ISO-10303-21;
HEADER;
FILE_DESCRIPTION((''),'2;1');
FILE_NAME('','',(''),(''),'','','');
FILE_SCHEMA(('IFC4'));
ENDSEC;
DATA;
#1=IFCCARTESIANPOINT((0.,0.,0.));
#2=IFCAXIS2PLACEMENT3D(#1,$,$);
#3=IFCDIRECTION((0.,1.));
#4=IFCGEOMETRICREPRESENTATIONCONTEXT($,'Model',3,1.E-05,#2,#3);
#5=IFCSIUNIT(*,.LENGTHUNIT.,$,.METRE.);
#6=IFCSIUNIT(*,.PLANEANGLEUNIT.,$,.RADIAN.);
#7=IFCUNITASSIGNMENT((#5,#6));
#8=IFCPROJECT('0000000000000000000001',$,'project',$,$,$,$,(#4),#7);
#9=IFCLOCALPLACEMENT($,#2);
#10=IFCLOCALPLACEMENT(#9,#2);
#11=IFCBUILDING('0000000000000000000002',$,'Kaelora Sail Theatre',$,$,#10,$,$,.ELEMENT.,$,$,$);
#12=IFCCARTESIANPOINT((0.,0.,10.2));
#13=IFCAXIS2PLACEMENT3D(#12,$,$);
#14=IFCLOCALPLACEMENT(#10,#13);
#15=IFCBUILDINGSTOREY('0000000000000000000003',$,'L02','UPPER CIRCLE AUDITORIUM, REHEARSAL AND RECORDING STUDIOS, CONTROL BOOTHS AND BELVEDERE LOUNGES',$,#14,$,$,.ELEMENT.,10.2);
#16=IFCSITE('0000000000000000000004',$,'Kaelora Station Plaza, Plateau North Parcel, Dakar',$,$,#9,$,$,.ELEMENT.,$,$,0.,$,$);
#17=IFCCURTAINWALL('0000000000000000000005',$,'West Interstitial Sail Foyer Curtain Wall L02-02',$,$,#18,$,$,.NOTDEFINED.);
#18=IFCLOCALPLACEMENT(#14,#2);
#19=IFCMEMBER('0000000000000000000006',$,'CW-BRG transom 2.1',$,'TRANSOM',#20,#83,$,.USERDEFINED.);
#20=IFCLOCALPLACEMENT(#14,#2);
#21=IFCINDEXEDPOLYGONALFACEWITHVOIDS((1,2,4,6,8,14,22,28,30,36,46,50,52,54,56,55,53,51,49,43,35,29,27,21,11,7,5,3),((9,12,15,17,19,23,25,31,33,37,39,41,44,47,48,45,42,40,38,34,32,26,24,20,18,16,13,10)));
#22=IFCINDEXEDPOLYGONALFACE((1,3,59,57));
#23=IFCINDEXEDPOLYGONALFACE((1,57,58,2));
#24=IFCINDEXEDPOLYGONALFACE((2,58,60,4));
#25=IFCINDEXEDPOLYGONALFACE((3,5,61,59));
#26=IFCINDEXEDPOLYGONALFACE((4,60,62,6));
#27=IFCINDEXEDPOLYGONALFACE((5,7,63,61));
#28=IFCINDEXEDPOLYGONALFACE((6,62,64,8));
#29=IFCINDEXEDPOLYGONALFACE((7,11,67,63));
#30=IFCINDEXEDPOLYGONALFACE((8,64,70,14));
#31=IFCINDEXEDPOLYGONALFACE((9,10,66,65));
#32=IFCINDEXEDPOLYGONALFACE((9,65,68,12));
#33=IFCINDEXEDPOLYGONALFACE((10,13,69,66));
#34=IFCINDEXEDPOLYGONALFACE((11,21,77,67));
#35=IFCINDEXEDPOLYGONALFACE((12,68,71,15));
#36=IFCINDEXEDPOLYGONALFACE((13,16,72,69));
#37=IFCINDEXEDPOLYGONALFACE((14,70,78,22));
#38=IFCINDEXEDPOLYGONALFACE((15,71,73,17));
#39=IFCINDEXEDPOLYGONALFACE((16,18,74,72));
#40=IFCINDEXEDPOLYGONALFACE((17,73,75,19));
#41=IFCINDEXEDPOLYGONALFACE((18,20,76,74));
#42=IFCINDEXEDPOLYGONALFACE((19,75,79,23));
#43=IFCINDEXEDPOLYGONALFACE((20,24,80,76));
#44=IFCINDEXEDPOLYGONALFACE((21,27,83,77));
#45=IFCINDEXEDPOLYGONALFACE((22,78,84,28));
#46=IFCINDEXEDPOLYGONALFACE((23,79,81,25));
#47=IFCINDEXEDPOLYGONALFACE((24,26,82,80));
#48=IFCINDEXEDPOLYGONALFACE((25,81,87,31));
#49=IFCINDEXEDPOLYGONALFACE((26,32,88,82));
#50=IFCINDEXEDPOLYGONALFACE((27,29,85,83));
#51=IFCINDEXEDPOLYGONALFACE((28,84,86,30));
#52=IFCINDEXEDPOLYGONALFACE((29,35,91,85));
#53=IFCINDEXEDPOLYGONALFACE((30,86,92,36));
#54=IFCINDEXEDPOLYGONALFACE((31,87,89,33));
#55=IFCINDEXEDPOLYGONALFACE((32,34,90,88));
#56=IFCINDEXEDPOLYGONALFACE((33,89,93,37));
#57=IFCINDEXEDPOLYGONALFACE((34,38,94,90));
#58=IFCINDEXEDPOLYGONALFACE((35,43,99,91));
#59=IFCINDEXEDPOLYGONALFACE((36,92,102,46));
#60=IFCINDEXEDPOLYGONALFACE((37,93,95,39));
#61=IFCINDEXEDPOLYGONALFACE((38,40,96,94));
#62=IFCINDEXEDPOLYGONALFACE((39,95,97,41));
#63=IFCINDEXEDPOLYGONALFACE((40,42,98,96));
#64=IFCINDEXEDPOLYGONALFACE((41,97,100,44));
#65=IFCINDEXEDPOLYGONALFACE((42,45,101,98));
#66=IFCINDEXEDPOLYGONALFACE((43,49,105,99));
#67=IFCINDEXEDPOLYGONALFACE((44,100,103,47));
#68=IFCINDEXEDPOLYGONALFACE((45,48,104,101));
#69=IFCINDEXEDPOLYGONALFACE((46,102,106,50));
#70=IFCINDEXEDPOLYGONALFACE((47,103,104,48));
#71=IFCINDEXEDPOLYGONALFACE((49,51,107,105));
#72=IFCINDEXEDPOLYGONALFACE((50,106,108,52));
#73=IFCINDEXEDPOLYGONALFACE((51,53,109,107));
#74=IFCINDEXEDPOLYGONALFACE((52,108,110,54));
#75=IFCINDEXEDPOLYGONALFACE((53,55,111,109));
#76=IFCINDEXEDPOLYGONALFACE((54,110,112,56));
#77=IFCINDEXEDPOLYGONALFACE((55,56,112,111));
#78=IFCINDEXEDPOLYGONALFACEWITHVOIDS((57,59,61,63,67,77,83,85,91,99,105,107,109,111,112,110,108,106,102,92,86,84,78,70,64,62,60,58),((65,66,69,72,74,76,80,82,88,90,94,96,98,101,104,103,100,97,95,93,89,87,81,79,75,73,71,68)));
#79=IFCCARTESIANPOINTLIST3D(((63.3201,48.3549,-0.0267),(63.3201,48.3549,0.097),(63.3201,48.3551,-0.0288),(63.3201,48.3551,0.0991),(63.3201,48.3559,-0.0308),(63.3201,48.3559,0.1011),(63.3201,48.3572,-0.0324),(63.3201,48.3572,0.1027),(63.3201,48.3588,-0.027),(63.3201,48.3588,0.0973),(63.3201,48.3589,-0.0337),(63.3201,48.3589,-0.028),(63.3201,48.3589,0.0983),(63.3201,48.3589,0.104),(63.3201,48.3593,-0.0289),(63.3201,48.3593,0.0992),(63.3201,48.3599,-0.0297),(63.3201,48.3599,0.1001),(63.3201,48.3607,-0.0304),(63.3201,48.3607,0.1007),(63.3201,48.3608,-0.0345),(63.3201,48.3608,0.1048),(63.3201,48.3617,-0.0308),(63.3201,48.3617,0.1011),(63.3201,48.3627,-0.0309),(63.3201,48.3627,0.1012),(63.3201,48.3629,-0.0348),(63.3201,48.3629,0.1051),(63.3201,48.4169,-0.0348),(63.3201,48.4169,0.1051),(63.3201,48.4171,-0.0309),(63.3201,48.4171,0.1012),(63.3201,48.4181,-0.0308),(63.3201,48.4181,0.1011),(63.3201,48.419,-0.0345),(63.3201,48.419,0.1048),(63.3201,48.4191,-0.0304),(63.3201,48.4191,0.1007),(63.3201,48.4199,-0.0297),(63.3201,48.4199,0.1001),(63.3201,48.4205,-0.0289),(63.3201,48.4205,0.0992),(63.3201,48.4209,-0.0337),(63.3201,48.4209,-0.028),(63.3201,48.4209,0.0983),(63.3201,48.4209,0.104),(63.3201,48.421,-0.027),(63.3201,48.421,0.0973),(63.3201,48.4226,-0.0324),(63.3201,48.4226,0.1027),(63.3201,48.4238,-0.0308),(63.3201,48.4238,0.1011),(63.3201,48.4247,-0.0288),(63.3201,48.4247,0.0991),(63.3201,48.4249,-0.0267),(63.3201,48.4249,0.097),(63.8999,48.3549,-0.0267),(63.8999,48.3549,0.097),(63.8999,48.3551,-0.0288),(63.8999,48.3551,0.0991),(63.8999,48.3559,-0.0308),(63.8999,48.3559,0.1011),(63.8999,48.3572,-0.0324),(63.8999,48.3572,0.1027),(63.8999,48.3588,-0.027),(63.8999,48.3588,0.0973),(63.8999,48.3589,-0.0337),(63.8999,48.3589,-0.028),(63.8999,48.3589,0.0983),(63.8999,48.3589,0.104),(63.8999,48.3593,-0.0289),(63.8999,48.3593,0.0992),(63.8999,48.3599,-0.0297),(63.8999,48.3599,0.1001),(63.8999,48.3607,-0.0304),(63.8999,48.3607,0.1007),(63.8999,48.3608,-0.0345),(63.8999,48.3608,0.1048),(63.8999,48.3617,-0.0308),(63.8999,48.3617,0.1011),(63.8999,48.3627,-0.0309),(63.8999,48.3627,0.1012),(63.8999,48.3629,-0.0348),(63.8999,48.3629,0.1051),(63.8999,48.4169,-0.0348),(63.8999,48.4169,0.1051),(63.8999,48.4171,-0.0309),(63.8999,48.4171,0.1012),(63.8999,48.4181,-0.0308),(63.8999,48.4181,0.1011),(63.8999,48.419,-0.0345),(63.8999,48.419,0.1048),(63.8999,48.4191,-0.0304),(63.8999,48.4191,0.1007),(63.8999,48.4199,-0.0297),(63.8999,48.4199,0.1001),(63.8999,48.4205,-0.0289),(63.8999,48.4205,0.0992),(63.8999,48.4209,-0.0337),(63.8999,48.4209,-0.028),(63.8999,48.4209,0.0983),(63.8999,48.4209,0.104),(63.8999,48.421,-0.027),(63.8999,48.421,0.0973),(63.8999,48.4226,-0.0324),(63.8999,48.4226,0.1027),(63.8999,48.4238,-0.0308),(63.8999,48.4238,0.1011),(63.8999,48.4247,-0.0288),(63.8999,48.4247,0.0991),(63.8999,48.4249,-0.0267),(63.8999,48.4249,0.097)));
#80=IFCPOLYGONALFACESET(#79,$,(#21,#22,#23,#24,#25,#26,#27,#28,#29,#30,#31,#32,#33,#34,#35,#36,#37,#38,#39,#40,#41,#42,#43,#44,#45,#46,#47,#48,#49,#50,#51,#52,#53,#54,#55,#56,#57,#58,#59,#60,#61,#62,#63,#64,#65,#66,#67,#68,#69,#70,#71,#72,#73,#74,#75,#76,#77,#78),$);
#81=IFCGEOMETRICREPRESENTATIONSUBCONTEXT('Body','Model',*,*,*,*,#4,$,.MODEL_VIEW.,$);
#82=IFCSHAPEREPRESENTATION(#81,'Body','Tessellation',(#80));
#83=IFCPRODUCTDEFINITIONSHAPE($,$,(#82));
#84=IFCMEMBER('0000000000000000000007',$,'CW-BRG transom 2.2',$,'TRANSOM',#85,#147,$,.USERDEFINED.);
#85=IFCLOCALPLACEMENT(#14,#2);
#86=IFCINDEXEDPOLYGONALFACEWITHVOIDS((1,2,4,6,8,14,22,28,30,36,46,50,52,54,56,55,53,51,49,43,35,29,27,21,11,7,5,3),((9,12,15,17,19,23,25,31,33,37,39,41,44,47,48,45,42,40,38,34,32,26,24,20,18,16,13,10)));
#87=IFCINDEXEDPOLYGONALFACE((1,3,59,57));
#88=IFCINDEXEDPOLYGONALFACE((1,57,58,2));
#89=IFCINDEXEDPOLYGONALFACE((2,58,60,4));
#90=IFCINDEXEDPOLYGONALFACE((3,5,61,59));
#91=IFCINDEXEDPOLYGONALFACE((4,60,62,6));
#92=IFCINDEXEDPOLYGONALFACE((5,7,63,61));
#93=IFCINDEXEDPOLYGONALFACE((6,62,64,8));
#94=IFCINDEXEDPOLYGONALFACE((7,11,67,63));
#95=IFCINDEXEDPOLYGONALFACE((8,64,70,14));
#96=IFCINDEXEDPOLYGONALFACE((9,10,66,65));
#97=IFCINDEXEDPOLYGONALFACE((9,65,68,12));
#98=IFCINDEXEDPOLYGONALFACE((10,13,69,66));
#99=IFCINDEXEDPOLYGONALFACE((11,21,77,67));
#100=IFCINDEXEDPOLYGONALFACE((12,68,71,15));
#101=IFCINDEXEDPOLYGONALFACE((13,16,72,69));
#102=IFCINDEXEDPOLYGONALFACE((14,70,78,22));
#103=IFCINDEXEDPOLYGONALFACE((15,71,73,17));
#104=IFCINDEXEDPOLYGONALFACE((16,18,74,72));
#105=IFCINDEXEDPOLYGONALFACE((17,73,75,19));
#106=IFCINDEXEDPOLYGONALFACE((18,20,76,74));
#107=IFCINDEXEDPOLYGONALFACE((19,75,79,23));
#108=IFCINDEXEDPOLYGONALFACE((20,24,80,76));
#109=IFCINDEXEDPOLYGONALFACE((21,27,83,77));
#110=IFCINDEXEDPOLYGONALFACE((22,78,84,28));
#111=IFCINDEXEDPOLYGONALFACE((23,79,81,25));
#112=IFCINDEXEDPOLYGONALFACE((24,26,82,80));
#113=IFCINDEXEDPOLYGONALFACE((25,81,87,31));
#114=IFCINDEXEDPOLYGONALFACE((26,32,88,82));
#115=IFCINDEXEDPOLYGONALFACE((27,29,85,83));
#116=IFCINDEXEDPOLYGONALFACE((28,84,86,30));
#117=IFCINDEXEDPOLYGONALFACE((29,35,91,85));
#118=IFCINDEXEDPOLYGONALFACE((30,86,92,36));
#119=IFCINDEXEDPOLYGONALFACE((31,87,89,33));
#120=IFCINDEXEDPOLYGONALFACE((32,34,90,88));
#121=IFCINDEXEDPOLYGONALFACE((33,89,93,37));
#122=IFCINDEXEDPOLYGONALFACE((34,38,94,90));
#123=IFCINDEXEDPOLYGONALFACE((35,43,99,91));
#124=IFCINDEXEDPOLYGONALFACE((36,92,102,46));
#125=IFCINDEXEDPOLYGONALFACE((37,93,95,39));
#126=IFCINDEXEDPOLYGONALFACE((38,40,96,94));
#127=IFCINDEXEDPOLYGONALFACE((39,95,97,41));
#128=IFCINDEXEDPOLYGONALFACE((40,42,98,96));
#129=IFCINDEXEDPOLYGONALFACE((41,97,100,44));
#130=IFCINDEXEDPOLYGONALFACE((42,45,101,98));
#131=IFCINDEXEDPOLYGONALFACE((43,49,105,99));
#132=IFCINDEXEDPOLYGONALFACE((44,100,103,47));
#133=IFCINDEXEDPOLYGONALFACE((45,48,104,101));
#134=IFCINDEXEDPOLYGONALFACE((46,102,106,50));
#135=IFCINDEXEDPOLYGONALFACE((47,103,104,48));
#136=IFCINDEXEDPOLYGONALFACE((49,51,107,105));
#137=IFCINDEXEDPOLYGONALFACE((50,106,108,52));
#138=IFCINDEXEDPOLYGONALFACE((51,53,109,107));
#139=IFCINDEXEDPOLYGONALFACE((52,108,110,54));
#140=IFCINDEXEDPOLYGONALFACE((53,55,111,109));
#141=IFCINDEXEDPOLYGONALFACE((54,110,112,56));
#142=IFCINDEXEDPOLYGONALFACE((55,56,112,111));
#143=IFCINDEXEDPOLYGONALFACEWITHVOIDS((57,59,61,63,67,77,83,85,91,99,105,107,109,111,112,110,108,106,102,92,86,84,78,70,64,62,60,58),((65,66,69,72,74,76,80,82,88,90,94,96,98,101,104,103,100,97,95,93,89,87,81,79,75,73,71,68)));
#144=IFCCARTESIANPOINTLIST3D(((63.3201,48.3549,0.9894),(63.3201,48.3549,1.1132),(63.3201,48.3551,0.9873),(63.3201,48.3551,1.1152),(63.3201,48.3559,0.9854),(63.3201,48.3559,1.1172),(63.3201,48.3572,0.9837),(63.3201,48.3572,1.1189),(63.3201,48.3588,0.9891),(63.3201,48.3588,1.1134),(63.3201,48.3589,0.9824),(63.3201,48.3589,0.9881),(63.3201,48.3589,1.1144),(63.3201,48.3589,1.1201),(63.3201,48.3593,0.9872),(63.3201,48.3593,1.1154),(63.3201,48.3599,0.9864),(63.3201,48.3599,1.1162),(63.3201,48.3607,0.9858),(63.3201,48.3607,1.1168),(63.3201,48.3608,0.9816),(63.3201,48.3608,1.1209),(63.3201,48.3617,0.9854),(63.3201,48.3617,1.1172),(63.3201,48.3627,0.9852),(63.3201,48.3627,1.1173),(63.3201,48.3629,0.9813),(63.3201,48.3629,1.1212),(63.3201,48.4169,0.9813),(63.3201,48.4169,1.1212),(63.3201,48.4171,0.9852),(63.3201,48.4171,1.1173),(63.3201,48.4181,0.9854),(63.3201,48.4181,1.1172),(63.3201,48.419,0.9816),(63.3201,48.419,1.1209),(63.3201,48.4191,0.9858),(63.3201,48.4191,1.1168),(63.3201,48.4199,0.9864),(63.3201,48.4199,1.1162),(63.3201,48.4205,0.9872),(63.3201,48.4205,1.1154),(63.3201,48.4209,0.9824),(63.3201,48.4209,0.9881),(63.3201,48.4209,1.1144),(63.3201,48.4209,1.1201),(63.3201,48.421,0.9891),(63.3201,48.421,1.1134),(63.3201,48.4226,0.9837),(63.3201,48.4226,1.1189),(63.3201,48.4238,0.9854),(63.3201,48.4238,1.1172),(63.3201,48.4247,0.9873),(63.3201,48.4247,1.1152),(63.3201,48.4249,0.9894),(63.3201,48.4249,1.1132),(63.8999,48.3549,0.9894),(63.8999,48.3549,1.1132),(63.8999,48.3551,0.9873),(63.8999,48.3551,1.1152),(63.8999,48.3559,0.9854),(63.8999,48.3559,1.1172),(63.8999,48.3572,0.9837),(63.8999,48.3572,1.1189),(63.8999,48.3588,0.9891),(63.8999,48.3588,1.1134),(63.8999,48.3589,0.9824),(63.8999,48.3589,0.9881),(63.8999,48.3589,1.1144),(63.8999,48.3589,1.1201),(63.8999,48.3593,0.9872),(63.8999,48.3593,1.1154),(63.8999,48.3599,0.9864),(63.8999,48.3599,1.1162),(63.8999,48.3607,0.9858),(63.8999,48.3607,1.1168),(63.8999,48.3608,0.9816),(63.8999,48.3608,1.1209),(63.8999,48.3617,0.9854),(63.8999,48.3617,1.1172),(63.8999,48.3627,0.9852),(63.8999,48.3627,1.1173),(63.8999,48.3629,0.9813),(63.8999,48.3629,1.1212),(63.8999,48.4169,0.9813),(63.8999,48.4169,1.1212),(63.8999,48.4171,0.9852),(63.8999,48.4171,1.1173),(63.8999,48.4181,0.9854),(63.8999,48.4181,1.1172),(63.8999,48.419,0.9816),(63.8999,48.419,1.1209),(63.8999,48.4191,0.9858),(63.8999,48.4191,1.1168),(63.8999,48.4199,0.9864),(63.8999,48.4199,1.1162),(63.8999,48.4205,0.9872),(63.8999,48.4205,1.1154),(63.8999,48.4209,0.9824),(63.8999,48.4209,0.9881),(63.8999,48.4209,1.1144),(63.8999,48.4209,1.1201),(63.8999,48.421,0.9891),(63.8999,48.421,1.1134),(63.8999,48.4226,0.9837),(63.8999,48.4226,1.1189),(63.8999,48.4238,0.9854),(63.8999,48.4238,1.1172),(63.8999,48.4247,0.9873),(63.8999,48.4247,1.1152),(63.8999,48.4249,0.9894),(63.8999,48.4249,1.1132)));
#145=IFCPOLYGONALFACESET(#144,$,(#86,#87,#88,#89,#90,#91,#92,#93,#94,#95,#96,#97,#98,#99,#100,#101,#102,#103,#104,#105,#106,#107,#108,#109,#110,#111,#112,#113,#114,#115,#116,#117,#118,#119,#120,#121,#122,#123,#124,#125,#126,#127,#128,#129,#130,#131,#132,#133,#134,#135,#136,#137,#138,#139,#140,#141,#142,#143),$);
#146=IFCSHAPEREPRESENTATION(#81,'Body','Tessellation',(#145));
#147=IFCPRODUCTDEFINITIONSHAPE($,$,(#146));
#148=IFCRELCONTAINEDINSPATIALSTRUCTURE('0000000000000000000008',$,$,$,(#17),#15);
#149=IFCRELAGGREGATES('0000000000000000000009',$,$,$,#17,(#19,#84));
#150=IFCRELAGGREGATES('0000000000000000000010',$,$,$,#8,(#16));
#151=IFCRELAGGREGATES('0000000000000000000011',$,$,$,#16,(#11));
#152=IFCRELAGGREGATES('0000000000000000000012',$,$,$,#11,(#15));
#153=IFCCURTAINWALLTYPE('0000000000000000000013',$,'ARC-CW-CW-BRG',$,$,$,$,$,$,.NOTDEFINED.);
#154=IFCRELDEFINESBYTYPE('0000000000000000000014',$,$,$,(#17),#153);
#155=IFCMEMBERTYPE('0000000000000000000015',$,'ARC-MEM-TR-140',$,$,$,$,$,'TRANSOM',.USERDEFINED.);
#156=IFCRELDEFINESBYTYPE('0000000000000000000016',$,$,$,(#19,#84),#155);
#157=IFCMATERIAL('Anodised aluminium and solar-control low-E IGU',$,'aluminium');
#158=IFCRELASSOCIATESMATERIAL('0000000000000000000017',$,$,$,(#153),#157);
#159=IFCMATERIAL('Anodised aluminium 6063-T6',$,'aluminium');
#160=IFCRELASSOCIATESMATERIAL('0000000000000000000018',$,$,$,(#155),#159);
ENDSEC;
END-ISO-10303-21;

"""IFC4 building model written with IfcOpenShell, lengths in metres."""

from ifc_helpers import new_model, si_unit, direction, frame, origin, origin_2d, place, context, subcontext, project, spatial, hollow_rectangle, extrude, material, material_profile, profile_set, type_object, element, aggregate, save


model = new_model("IFC4")

# Units and contexts
model_context = context("Model", 3, precision=1e-05, world=origin(), true_north=direction((0.0, 1.0)))
body_context = subcontext(model_context, "Body", "Model", "MODEL_VIEW")
ifc_project = project(units=[si_unit("LENGTHUNIT", "METRE"), si_unit("PLANEANGLEUNIT", "RADIAN")], contexts=[model_context])

# Site, building, storey
site_placement = place(None, origin())
site = spatial("IfcSite", under=ifc_project, at=site_placement, Name="Kaelora Station Plaza, Plateau North Parcel, Dakar", CompositionType="ELEMENT", RefElevation=0.0)
building_placement = place(site_placement, origin())
building = spatial("IfcBuilding", under=site, at=building_placement, Name="Kaelora Sail Theatre", CompositionType="ELEMENT")
storey_placement = place(building_placement, frame((0.0, 0.0, 10.2)))
storey = spatial("IfcBuildingStorey", under=building, at=storey_placement, Name="L02", Description="UPPER CIRCLE AUDITORIUM, REHEARSAL AND RECORDING STUDIOS, CONTROL BOOTHS AND BELVEDERE LOUNGES", CompositionType="ELEMENT", Elevation=10.2)

# Shared definitions
ifc_material_1 = material(Name="Anodised aluminium and solar-control low-E IGU", Category="aluminium")
curtain_wall_type = type_object("IfcCurtainWallType", Name="ARC-CW-CW-BRG", PredefinedType="NOTDEFINED", material=ifc_material_1)

# Curtain wall, members
curtain_wall_1_placement = place(storey_placement, origin())
curtain_wall_1 = element("IfcCurtainWall", 1, at=curtain_wall_1_placement, inside=storey, type_object=curtain_wall_type, Name="West Interstitial Sail Foyer Curtain Wall L02-02", PredefinedType="NOTDEFINED")
ifc_material_2 = material(Name="Anodised aluminium 6063-T6", Category="aluminium")
ifc_material_profile_1 = material_profile(ifc_material_2, hollow_rectangle(XDim=0.0701, YDim=0.1399, WallThickness=0.0039, InnerFilletRadius=0.0039, OuterFilletRadius=0.0081, at=origin_2d()), Name="ALU-TRAN 70x140x4")
ifc_profile_set_1 = profile_set([ifc_material_profile_1], Name="Anodised aluminium 6063-T6")
member_type_1 = type_object("IfcMemberType", Name="ARC-MEM-TR-140", ElementType="TRANSOM", PredefinedType="USERDEFINED", material=ifc_profile_set_1)
member_1_placement = place(storey_placement, frame((63.3201, 48.3899, 0.0352), z_axis=(1.0, 0.0, 0.0), x_axis=(0.0, 1.0, 0.0)))
member_1 = element("IfcMember", 2, at=member_1_placement, type_object=member_type_1, Name="CW-BRG transom 2.1", ObjectType="TRANSOM", PredefinedType="USERDEFINED", context=body_context, shape_type="SweptSolid", body=[
    extrude(hollow_rectangle(XDim=0.0701, YDim=0.1399, WallThickness=0.0039, InnerFilletRadius=0.0039, OuterFilletRadius=0.0081, at=origin_2d()), origin(), (0.0, 0.0, 1.0), 0.5798),
])
member_2_placement = place(storey_placement, frame((63.3201, 48.3899, 1.0513), z_axis=(1.0, 0.0, 0.0), x_axis=(0.0, 1.0, 0.0)))
member_2 = element("IfcMember", 3, at=member_2_placement, type_object=member_type_1, Name="CW-BRG transom 2.2", ObjectType="TRANSOM", PredefinedType="USERDEFINED", context=body_context, shape_type="SweptSolid", body=[
    extrude(hollow_rectangle(XDim=0.0701, YDim=0.1399, WallThickness=0.0039, InnerFilletRadius=0.0039, OuterFilletRadius=0.0081, at=origin_2d()), origin(), (0.0, 0.0, 1.0), 0.5798),
])

aggregate(curtain_wall_1, [member_1, member_2])

save(model, "model.ifc")
